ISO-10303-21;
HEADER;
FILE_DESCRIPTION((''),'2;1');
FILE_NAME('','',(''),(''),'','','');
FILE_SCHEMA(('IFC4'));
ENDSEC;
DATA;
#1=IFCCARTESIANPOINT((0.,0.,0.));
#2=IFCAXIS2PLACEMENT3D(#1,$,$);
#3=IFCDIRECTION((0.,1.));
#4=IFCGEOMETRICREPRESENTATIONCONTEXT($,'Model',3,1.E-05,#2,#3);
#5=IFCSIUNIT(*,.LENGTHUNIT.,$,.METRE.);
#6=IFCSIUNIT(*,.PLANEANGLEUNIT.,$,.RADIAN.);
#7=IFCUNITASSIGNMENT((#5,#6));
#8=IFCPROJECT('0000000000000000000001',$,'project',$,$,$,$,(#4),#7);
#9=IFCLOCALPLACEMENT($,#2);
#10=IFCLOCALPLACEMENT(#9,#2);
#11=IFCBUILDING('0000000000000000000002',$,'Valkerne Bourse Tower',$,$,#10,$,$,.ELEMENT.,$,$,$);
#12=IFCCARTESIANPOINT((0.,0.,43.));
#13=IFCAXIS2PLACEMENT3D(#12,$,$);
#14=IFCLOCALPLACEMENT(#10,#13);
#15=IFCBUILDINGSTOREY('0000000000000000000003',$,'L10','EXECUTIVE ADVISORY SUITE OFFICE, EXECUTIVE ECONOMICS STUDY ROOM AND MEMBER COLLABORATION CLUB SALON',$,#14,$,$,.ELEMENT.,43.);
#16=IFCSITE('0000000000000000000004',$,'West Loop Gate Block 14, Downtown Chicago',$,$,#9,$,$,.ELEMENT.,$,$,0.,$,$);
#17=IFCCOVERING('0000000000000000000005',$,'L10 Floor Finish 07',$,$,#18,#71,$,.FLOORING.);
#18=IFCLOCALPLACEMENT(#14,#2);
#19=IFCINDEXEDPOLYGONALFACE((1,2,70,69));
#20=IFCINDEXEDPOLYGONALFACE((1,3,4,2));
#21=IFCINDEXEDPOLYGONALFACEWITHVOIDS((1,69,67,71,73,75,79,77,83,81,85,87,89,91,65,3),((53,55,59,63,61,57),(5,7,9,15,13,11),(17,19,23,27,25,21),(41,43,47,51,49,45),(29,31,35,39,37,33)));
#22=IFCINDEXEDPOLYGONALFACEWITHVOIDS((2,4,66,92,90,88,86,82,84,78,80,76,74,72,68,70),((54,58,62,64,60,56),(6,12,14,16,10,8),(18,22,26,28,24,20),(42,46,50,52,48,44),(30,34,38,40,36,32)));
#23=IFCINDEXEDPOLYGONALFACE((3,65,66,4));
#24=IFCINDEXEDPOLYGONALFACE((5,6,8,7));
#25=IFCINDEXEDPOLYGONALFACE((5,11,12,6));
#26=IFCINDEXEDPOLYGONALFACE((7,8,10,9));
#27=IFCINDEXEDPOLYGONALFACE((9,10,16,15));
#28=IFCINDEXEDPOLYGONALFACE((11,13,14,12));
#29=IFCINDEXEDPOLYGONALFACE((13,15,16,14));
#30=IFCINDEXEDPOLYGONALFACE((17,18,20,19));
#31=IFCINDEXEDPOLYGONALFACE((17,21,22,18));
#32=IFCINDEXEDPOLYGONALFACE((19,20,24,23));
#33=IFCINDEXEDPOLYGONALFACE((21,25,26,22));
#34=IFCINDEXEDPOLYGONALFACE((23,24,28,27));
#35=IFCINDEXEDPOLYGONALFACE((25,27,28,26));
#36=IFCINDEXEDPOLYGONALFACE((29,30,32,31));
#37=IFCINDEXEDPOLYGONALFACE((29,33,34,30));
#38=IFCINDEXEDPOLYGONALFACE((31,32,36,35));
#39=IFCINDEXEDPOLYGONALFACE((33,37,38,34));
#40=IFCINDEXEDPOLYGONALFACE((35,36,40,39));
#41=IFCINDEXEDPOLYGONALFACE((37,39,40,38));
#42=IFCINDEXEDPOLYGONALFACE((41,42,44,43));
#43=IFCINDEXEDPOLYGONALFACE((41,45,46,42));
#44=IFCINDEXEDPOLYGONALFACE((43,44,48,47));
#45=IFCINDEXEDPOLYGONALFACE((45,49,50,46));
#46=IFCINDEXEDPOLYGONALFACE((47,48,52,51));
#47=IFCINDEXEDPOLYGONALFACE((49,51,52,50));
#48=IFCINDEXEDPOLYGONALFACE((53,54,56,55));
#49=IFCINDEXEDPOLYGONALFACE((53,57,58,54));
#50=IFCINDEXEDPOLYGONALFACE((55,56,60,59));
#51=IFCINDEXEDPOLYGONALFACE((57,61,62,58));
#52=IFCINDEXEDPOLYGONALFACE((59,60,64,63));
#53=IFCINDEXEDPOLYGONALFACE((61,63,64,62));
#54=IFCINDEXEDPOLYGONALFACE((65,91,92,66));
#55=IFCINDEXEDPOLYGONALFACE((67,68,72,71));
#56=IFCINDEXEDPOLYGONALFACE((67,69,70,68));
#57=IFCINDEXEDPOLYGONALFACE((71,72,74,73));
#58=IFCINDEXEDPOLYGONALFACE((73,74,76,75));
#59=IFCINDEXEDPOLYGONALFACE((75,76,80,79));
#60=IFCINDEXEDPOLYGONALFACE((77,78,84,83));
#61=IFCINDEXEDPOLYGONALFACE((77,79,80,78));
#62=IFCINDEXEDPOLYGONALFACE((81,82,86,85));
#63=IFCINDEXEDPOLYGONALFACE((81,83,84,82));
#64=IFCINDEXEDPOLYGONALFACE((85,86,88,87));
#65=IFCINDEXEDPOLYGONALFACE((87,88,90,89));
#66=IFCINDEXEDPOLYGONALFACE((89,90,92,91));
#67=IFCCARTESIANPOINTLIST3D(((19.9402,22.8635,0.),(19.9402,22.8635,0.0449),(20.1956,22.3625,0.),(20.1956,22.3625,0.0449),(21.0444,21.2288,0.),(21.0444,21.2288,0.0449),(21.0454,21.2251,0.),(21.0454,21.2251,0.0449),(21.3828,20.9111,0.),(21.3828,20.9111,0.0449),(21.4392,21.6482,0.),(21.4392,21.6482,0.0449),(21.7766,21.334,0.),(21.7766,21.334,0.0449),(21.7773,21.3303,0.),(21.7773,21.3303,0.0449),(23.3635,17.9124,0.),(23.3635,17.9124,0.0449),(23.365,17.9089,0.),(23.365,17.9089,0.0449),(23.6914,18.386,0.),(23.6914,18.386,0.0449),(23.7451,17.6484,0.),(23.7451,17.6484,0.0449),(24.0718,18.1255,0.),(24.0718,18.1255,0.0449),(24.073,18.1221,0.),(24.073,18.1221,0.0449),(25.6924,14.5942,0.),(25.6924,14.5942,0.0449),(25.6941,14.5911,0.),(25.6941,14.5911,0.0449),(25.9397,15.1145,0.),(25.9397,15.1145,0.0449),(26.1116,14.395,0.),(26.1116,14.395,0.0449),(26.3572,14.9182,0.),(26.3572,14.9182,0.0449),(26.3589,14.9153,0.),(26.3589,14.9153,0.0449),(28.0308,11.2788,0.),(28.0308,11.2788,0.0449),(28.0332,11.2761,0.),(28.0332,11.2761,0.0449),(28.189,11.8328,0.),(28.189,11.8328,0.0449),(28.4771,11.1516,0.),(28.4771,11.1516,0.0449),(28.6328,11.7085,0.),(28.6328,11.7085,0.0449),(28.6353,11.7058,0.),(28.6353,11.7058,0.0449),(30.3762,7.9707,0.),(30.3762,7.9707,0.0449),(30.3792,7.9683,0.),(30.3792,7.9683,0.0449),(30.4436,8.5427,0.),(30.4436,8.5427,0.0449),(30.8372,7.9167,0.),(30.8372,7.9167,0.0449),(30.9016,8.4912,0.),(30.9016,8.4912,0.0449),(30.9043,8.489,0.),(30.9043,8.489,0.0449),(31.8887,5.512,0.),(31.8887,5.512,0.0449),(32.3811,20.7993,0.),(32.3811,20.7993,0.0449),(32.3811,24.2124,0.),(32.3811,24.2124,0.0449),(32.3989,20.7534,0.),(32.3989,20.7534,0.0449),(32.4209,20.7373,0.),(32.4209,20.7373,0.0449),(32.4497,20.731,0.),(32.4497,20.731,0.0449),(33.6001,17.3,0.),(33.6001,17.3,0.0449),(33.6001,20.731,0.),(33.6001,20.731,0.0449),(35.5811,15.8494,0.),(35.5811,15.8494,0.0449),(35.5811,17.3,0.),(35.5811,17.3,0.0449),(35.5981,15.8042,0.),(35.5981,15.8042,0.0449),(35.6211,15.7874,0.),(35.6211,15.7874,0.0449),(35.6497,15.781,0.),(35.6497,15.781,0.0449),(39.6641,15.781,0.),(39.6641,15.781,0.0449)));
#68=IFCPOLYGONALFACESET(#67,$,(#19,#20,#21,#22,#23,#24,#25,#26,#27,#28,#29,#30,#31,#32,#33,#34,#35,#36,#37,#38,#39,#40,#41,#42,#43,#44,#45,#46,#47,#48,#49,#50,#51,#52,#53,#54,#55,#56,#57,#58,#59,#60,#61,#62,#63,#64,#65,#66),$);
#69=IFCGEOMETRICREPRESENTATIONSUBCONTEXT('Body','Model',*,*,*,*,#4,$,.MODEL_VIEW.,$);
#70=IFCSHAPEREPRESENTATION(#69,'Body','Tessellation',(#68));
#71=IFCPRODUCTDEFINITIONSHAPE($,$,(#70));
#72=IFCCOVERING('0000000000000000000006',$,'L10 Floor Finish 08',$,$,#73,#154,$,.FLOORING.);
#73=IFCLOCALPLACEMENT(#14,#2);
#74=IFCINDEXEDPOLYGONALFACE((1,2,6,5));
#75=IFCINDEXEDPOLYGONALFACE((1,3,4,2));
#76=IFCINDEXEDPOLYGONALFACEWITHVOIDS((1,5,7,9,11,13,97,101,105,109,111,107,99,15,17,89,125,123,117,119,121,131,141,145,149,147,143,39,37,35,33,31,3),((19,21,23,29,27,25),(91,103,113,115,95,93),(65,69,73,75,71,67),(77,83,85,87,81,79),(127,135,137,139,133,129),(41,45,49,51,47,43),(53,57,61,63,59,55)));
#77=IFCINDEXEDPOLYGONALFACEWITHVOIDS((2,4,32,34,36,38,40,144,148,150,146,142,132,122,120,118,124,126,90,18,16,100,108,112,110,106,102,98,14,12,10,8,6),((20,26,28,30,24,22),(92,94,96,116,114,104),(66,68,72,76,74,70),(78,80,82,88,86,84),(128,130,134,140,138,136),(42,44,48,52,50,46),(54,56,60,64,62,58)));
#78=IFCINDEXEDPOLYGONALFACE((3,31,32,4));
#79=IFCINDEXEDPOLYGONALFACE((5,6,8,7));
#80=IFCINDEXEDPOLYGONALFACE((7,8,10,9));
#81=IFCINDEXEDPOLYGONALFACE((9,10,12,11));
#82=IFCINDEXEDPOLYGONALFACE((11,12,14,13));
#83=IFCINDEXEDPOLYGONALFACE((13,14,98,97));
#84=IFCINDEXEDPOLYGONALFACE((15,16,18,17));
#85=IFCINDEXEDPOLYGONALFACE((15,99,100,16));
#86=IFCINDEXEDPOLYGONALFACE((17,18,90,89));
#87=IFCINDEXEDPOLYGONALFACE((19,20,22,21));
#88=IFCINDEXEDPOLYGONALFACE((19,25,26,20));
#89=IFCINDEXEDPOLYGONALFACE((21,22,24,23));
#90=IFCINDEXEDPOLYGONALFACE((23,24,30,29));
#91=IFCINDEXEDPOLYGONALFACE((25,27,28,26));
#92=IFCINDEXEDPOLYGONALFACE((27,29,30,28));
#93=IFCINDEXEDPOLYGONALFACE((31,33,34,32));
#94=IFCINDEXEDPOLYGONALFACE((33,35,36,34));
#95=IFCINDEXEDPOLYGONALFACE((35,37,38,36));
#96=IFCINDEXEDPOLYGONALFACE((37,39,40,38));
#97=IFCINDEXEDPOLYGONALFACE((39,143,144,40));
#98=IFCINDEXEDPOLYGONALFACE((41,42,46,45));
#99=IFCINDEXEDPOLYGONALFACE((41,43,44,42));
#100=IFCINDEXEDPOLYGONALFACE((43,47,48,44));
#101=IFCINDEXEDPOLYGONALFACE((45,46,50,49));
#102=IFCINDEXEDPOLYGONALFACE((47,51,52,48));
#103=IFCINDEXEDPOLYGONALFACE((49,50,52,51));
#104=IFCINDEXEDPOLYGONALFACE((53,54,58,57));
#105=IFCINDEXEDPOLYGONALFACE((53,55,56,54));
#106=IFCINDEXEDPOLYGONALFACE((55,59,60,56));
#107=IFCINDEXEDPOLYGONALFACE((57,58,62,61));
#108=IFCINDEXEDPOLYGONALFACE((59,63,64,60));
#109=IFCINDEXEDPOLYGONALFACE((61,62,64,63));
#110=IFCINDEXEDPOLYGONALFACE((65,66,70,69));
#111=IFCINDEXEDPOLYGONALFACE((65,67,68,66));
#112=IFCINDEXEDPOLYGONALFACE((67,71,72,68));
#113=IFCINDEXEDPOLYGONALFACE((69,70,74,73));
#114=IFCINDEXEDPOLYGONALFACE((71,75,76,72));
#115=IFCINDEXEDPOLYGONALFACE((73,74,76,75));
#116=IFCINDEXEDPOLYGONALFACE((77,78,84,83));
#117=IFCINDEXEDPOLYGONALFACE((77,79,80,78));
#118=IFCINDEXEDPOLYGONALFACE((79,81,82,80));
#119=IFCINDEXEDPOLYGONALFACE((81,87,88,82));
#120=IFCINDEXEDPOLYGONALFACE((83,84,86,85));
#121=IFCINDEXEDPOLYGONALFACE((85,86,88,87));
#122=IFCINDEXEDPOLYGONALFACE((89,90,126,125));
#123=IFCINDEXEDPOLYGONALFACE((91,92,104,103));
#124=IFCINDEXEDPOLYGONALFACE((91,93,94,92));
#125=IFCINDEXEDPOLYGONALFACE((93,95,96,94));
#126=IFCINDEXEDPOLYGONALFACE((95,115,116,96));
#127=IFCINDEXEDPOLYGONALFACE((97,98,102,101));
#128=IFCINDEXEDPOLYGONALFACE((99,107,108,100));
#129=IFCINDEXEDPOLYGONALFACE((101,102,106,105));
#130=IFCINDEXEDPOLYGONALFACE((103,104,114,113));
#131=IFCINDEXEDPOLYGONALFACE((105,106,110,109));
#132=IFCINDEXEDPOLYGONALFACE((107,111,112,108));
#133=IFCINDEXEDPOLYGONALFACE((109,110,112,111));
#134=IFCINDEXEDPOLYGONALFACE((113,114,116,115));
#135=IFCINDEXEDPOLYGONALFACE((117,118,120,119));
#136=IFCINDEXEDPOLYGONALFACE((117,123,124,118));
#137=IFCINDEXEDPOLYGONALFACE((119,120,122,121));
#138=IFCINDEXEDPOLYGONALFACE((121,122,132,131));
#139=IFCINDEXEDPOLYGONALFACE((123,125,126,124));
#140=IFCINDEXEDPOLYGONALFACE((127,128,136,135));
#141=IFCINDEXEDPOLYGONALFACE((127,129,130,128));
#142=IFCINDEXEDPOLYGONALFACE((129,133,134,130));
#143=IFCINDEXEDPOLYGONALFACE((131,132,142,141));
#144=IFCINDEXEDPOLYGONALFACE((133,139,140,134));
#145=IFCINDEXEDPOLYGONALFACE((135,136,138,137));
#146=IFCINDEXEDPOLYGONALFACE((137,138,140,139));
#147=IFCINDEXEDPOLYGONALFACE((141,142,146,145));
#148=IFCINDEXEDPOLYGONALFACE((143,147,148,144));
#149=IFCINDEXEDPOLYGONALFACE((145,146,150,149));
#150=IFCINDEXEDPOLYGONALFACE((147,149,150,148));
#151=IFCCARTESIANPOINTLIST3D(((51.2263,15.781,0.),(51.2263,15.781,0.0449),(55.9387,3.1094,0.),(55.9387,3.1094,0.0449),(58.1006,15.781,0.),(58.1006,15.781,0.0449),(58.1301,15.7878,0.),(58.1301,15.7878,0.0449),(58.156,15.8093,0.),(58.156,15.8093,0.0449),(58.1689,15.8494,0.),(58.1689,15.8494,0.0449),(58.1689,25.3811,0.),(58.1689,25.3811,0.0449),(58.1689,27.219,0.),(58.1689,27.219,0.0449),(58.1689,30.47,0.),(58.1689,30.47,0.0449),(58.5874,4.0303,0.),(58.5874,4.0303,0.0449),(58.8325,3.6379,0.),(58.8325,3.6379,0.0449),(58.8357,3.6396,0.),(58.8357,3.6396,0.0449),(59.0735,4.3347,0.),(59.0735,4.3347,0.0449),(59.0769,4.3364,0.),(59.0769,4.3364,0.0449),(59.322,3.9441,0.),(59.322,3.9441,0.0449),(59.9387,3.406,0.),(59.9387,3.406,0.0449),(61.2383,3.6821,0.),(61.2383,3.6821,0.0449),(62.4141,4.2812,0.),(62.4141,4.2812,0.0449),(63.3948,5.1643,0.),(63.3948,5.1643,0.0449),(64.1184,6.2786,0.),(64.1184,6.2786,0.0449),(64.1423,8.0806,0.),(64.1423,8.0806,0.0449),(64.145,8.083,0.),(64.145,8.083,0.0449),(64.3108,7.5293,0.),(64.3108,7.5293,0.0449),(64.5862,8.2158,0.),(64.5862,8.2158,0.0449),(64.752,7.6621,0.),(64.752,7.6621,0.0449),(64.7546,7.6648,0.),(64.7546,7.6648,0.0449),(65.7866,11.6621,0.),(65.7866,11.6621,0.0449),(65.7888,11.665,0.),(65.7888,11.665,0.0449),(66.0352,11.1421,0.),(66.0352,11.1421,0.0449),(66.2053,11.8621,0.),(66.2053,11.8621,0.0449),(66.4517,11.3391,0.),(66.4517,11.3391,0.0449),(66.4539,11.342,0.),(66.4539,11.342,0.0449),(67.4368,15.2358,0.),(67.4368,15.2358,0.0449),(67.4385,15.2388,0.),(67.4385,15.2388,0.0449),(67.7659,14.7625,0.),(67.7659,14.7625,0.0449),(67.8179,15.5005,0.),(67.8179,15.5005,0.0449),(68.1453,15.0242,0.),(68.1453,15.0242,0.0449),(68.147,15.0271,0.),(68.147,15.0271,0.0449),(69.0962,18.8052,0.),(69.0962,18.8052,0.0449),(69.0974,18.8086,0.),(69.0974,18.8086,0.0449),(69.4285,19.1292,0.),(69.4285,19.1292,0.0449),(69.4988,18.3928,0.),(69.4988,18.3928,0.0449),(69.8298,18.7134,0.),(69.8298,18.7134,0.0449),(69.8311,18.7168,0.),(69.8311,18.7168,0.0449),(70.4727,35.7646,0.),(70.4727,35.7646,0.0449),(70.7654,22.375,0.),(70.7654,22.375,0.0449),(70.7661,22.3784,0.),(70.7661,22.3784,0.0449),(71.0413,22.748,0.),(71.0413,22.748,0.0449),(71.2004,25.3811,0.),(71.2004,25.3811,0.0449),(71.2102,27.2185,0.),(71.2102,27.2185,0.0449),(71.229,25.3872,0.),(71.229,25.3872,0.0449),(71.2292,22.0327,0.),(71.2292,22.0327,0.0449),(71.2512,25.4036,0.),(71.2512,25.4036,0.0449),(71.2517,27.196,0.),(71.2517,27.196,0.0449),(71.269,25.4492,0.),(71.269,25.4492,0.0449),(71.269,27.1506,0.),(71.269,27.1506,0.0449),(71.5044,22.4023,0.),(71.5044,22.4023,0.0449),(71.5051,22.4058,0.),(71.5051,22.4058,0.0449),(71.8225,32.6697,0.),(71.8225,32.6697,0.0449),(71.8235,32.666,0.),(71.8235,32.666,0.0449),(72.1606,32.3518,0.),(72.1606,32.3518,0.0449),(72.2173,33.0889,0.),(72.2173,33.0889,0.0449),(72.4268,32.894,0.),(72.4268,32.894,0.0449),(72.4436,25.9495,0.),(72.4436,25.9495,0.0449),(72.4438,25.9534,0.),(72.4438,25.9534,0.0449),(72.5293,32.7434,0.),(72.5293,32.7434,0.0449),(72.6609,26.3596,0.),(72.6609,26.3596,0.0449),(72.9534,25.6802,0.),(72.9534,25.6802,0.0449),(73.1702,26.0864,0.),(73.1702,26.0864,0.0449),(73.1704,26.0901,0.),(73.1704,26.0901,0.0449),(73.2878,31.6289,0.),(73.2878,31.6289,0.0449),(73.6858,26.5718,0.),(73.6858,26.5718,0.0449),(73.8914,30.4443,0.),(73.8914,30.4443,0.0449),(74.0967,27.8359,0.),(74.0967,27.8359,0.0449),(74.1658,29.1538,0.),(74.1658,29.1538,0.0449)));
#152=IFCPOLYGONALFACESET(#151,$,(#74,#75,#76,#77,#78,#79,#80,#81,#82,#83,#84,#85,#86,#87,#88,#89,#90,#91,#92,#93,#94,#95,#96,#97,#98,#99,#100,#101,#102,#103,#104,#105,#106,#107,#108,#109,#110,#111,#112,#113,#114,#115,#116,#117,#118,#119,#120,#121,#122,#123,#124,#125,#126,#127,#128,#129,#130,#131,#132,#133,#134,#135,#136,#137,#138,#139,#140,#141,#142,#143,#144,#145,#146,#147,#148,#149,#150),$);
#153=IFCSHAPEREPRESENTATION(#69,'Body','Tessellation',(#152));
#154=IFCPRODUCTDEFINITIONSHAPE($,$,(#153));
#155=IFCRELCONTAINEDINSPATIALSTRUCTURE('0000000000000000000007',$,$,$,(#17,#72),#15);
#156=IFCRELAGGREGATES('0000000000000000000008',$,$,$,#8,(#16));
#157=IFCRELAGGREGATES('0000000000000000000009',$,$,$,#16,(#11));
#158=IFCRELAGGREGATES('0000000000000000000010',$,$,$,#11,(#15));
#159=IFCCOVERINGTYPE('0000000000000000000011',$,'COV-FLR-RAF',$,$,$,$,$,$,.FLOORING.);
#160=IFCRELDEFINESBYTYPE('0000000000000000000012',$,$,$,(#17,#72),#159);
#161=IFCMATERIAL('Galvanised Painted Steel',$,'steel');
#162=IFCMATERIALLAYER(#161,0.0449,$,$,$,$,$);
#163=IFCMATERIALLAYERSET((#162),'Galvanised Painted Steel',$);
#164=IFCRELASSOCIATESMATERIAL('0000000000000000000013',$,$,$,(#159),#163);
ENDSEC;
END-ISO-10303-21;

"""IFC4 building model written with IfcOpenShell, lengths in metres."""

from ifc_helpers import new_model, si_unit, direction, frame, origin, place, context, subcontext, project, spatial, polyline, outline, extrude, material, layer, layer_set, type_object, element, save


model = new_model("IFC4")

# Units and contexts
model_context = context("Model", 3, precision=1e-05, world=origin(), true_north=direction((0.0, 1.0)))
body_context = subcontext(model_context, "Body", "Model", "MODEL_VIEW")
ifc_project = project(units=[si_unit("LENGTHUNIT", "METRE"), si_unit("PLANEANGLEUNIT", "RADIAN")], contexts=[model_context])

# Site, building, storey
site_placement = place(None, origin())
site = spatial("IfcSite", under=ifc_project, at=site_placement, Name="West Loop Gate Block 14, Downtown Chicago", CompositionType="ELEMENT", RefElevation=0.0)
building_placement = place(site_placement, origin())
building = spatial("IfcBuilding", under=site, at=building_placement, Name="Valkerne Bourse Tower", CompositionType="ELEMENT")
storey_placement = place(building_placement, frame((0.0, 0.0, 43.0)))
storey = spatial("IfcBuildingStorey", under=building, at=storey_placement, Name="L10", Description="EXECUTIVE ADVISORY SUITE OFFICE, EXECUTIVE ECONOMICS STUDY ROOM AND MEMBER COLLABORATION CLUB SALON", CompositionType="ELEMENT", Elevation=43.0)

# Coverings
ifc_material_1 = material(Name="Galvanised Painted Steel", Category="steel")
ifc_layer_1 = layer(ifc_material_1, 0.0449)
ifc_layer_set_1 = layer_set([ifc_layer_1], Name="Galvanised Painted Steel")
covering_type_1 = type_object("IfcCoveringType", Name="COV-FLR-RAF", PredefinedType="FLOORING", material=ifc_layer_set_1)
covering_1_placement = place(storey_placement, origin())
element("IfcCovering", 1, at=covering_1_placement, inside=storey, type_object=covering_type_1, Name="L10 Floor Finish 07", PredefinedType="FLOORING", context=body_context, shape_type="SweptSolid", body=[
    extrude(outline(polyline([(32.3811, 24.2124), (32.3811, 20.7993), (32.3989, 20.7534), (32.4209, 20.7373), (32.4497, 20.731), (33.6001, 20.731), (33.6001, 17.3), (35.5811, 17.3), (35.5811, 15.8494), (35.5981, 15.8042), (35.6211, 15.7874), (35.6497, 15.781), (39.6641, 15.781), (31.8887, 5.512), (20.1956, 22.3625), (19.9402, 22.8635), (32.3811, 24.2124)]), holes=[polyline([(30.9016, 8.4912), (30.4436, 8.5427), (30.3762, 7.9707), (30.3792, 7.9683), (30.8372, 7.9167), (30.9043, 8.489), (30.9016, 8.4912)]), polyline([(28.6353, 11.7058), (28.6328, 11.7085), (28.189, 11.8328), (28.0308, 11.2788), (28.0332, 11.2761), (28.4771, 11.1516), (28.6353, 11.7058)]), polyline([(26.3589, 14.9153), (26.3572, 14.9182), (25.9397, 15.1145), (25.6924, 14.5942), (25.6941, 14.5911), (26.1116, 14.395), (26.3589, 14.9153)]), polyline([(24.0718, 18.1255), (23.6914, 18.386), (23.3635, 17.9124), (23.365, 17.9089), (23.7451, 17.6484), (24.073, 18.1221), (24.0718, 18.1255)]), polyline([(21.7773, 21.3303), (21.7766, 21.334), (21.4392, 21.6482), (21.0444, 21.2288), (21.0454, 21.2251), (21.3828, 20.9111), (21.7773, 21.3303)])]), origin(), (0.0, 0.0, 1.0), 0.0449),
])
covering_2_placement = place(storey_placement, origin())
element("IfcCovering", 2, at=covering_2_placement, inside=storey, type_object=covering_type_1, Name="L10 Floor Finish 08", PredefinedType="FLOORING", context=body_context, shape_type="SweptSolid", body=[
    extrude(outline(polyline([(61.2383, 3.6821), (59.9387, 3.406), (55.9387, 3.1094), (51.2263, 15.781), (58.1006, 15.781), (58.1301, 15.7878), (58.156, 15.8093), (58.1689, 15.8494), (58.1689, 25.3811), (71.2004, 25.3811), (71.229, 25.3872), (71.2512, 25.4036), (71.269, 25.4492), (71.269, 27.1506), (71.2517, 27.196), (71.2102, 27.2185), (58.1689, 27.219), (58.1689, 30.47), (70.4727, 35.7646), (72.4268, 32.894), (72.2173, 33.0889), (71.8225, 32.6697), (71.8235, 32.666), (72.1606, 32.3518), (72.5293, 32.7434), (73.2878, 31.6289), (73.8914, 30.4443), (74.1658, 29.1538), (74.0967, 27.8359), (73.6858, 26.5718), (64.1184, 6.2786), (63.3948, 5.1643), (62.4141, 4.2812), (61.2383, 3.6821)]), holes=[polyline([(58.8357, 3.6396), (59.322, 3.9441), (59.0769, 4.3364), (59.0735, 4.3347), (58.5874, 4.0303), (58.8325, 3.6379), (58.8357, 3.6396)]), polyline([(64.752, 7.6621), (64.7546, 7.6648), (64.5862, 8.2158), (64.145, 8.083), (64.1423, 8.0806), (64.3108, 7.5293), (64.752, 7.6621)]), polyline([(66.4539, 11.342), (66.2053, 11.8621), (65.7888, 11.665), (65.7866, 11.6621), (66.0352, 11.1421), (66.4517, 11.3391), (66.4539, 11.342)]), polyline([(68.1453, 15.0242), (68.147, 15.0271), (67.8179, 15.5005), (67.4385, 15.2388), (67.4368, 15.2358), (67.7659, 14.7625), (68.1453, 15.0242)]), polyline([(69.8298, 18.7134), (69.8311, 18.7168), (69.4285, 19.1292), (69.0974, 18.8086), (69.0962, 18.8052), (69.4988, 18.3928), (69.8298, 18.7134)]), polyline([(71.5051, 22.4058), (71.0413, 22.748), (70.7661, 22.3784), (70.7654, 22.375), (71.2292, 22.0327), (71.5044, 22.4023), (71.5051, 22.4058)]), polyline([(73.1702, 26.0864), (73.1704, 26.0901), (72.6609, 26.3596), (72.4438, 25.9534), (72.4436, 25.9495), (72.9534, 25.6802), (73.1702, 26.0864)])]), origin(), (0.0, 0.0, 1.0), 0.0449),
])

save(model, "model.ifc")
